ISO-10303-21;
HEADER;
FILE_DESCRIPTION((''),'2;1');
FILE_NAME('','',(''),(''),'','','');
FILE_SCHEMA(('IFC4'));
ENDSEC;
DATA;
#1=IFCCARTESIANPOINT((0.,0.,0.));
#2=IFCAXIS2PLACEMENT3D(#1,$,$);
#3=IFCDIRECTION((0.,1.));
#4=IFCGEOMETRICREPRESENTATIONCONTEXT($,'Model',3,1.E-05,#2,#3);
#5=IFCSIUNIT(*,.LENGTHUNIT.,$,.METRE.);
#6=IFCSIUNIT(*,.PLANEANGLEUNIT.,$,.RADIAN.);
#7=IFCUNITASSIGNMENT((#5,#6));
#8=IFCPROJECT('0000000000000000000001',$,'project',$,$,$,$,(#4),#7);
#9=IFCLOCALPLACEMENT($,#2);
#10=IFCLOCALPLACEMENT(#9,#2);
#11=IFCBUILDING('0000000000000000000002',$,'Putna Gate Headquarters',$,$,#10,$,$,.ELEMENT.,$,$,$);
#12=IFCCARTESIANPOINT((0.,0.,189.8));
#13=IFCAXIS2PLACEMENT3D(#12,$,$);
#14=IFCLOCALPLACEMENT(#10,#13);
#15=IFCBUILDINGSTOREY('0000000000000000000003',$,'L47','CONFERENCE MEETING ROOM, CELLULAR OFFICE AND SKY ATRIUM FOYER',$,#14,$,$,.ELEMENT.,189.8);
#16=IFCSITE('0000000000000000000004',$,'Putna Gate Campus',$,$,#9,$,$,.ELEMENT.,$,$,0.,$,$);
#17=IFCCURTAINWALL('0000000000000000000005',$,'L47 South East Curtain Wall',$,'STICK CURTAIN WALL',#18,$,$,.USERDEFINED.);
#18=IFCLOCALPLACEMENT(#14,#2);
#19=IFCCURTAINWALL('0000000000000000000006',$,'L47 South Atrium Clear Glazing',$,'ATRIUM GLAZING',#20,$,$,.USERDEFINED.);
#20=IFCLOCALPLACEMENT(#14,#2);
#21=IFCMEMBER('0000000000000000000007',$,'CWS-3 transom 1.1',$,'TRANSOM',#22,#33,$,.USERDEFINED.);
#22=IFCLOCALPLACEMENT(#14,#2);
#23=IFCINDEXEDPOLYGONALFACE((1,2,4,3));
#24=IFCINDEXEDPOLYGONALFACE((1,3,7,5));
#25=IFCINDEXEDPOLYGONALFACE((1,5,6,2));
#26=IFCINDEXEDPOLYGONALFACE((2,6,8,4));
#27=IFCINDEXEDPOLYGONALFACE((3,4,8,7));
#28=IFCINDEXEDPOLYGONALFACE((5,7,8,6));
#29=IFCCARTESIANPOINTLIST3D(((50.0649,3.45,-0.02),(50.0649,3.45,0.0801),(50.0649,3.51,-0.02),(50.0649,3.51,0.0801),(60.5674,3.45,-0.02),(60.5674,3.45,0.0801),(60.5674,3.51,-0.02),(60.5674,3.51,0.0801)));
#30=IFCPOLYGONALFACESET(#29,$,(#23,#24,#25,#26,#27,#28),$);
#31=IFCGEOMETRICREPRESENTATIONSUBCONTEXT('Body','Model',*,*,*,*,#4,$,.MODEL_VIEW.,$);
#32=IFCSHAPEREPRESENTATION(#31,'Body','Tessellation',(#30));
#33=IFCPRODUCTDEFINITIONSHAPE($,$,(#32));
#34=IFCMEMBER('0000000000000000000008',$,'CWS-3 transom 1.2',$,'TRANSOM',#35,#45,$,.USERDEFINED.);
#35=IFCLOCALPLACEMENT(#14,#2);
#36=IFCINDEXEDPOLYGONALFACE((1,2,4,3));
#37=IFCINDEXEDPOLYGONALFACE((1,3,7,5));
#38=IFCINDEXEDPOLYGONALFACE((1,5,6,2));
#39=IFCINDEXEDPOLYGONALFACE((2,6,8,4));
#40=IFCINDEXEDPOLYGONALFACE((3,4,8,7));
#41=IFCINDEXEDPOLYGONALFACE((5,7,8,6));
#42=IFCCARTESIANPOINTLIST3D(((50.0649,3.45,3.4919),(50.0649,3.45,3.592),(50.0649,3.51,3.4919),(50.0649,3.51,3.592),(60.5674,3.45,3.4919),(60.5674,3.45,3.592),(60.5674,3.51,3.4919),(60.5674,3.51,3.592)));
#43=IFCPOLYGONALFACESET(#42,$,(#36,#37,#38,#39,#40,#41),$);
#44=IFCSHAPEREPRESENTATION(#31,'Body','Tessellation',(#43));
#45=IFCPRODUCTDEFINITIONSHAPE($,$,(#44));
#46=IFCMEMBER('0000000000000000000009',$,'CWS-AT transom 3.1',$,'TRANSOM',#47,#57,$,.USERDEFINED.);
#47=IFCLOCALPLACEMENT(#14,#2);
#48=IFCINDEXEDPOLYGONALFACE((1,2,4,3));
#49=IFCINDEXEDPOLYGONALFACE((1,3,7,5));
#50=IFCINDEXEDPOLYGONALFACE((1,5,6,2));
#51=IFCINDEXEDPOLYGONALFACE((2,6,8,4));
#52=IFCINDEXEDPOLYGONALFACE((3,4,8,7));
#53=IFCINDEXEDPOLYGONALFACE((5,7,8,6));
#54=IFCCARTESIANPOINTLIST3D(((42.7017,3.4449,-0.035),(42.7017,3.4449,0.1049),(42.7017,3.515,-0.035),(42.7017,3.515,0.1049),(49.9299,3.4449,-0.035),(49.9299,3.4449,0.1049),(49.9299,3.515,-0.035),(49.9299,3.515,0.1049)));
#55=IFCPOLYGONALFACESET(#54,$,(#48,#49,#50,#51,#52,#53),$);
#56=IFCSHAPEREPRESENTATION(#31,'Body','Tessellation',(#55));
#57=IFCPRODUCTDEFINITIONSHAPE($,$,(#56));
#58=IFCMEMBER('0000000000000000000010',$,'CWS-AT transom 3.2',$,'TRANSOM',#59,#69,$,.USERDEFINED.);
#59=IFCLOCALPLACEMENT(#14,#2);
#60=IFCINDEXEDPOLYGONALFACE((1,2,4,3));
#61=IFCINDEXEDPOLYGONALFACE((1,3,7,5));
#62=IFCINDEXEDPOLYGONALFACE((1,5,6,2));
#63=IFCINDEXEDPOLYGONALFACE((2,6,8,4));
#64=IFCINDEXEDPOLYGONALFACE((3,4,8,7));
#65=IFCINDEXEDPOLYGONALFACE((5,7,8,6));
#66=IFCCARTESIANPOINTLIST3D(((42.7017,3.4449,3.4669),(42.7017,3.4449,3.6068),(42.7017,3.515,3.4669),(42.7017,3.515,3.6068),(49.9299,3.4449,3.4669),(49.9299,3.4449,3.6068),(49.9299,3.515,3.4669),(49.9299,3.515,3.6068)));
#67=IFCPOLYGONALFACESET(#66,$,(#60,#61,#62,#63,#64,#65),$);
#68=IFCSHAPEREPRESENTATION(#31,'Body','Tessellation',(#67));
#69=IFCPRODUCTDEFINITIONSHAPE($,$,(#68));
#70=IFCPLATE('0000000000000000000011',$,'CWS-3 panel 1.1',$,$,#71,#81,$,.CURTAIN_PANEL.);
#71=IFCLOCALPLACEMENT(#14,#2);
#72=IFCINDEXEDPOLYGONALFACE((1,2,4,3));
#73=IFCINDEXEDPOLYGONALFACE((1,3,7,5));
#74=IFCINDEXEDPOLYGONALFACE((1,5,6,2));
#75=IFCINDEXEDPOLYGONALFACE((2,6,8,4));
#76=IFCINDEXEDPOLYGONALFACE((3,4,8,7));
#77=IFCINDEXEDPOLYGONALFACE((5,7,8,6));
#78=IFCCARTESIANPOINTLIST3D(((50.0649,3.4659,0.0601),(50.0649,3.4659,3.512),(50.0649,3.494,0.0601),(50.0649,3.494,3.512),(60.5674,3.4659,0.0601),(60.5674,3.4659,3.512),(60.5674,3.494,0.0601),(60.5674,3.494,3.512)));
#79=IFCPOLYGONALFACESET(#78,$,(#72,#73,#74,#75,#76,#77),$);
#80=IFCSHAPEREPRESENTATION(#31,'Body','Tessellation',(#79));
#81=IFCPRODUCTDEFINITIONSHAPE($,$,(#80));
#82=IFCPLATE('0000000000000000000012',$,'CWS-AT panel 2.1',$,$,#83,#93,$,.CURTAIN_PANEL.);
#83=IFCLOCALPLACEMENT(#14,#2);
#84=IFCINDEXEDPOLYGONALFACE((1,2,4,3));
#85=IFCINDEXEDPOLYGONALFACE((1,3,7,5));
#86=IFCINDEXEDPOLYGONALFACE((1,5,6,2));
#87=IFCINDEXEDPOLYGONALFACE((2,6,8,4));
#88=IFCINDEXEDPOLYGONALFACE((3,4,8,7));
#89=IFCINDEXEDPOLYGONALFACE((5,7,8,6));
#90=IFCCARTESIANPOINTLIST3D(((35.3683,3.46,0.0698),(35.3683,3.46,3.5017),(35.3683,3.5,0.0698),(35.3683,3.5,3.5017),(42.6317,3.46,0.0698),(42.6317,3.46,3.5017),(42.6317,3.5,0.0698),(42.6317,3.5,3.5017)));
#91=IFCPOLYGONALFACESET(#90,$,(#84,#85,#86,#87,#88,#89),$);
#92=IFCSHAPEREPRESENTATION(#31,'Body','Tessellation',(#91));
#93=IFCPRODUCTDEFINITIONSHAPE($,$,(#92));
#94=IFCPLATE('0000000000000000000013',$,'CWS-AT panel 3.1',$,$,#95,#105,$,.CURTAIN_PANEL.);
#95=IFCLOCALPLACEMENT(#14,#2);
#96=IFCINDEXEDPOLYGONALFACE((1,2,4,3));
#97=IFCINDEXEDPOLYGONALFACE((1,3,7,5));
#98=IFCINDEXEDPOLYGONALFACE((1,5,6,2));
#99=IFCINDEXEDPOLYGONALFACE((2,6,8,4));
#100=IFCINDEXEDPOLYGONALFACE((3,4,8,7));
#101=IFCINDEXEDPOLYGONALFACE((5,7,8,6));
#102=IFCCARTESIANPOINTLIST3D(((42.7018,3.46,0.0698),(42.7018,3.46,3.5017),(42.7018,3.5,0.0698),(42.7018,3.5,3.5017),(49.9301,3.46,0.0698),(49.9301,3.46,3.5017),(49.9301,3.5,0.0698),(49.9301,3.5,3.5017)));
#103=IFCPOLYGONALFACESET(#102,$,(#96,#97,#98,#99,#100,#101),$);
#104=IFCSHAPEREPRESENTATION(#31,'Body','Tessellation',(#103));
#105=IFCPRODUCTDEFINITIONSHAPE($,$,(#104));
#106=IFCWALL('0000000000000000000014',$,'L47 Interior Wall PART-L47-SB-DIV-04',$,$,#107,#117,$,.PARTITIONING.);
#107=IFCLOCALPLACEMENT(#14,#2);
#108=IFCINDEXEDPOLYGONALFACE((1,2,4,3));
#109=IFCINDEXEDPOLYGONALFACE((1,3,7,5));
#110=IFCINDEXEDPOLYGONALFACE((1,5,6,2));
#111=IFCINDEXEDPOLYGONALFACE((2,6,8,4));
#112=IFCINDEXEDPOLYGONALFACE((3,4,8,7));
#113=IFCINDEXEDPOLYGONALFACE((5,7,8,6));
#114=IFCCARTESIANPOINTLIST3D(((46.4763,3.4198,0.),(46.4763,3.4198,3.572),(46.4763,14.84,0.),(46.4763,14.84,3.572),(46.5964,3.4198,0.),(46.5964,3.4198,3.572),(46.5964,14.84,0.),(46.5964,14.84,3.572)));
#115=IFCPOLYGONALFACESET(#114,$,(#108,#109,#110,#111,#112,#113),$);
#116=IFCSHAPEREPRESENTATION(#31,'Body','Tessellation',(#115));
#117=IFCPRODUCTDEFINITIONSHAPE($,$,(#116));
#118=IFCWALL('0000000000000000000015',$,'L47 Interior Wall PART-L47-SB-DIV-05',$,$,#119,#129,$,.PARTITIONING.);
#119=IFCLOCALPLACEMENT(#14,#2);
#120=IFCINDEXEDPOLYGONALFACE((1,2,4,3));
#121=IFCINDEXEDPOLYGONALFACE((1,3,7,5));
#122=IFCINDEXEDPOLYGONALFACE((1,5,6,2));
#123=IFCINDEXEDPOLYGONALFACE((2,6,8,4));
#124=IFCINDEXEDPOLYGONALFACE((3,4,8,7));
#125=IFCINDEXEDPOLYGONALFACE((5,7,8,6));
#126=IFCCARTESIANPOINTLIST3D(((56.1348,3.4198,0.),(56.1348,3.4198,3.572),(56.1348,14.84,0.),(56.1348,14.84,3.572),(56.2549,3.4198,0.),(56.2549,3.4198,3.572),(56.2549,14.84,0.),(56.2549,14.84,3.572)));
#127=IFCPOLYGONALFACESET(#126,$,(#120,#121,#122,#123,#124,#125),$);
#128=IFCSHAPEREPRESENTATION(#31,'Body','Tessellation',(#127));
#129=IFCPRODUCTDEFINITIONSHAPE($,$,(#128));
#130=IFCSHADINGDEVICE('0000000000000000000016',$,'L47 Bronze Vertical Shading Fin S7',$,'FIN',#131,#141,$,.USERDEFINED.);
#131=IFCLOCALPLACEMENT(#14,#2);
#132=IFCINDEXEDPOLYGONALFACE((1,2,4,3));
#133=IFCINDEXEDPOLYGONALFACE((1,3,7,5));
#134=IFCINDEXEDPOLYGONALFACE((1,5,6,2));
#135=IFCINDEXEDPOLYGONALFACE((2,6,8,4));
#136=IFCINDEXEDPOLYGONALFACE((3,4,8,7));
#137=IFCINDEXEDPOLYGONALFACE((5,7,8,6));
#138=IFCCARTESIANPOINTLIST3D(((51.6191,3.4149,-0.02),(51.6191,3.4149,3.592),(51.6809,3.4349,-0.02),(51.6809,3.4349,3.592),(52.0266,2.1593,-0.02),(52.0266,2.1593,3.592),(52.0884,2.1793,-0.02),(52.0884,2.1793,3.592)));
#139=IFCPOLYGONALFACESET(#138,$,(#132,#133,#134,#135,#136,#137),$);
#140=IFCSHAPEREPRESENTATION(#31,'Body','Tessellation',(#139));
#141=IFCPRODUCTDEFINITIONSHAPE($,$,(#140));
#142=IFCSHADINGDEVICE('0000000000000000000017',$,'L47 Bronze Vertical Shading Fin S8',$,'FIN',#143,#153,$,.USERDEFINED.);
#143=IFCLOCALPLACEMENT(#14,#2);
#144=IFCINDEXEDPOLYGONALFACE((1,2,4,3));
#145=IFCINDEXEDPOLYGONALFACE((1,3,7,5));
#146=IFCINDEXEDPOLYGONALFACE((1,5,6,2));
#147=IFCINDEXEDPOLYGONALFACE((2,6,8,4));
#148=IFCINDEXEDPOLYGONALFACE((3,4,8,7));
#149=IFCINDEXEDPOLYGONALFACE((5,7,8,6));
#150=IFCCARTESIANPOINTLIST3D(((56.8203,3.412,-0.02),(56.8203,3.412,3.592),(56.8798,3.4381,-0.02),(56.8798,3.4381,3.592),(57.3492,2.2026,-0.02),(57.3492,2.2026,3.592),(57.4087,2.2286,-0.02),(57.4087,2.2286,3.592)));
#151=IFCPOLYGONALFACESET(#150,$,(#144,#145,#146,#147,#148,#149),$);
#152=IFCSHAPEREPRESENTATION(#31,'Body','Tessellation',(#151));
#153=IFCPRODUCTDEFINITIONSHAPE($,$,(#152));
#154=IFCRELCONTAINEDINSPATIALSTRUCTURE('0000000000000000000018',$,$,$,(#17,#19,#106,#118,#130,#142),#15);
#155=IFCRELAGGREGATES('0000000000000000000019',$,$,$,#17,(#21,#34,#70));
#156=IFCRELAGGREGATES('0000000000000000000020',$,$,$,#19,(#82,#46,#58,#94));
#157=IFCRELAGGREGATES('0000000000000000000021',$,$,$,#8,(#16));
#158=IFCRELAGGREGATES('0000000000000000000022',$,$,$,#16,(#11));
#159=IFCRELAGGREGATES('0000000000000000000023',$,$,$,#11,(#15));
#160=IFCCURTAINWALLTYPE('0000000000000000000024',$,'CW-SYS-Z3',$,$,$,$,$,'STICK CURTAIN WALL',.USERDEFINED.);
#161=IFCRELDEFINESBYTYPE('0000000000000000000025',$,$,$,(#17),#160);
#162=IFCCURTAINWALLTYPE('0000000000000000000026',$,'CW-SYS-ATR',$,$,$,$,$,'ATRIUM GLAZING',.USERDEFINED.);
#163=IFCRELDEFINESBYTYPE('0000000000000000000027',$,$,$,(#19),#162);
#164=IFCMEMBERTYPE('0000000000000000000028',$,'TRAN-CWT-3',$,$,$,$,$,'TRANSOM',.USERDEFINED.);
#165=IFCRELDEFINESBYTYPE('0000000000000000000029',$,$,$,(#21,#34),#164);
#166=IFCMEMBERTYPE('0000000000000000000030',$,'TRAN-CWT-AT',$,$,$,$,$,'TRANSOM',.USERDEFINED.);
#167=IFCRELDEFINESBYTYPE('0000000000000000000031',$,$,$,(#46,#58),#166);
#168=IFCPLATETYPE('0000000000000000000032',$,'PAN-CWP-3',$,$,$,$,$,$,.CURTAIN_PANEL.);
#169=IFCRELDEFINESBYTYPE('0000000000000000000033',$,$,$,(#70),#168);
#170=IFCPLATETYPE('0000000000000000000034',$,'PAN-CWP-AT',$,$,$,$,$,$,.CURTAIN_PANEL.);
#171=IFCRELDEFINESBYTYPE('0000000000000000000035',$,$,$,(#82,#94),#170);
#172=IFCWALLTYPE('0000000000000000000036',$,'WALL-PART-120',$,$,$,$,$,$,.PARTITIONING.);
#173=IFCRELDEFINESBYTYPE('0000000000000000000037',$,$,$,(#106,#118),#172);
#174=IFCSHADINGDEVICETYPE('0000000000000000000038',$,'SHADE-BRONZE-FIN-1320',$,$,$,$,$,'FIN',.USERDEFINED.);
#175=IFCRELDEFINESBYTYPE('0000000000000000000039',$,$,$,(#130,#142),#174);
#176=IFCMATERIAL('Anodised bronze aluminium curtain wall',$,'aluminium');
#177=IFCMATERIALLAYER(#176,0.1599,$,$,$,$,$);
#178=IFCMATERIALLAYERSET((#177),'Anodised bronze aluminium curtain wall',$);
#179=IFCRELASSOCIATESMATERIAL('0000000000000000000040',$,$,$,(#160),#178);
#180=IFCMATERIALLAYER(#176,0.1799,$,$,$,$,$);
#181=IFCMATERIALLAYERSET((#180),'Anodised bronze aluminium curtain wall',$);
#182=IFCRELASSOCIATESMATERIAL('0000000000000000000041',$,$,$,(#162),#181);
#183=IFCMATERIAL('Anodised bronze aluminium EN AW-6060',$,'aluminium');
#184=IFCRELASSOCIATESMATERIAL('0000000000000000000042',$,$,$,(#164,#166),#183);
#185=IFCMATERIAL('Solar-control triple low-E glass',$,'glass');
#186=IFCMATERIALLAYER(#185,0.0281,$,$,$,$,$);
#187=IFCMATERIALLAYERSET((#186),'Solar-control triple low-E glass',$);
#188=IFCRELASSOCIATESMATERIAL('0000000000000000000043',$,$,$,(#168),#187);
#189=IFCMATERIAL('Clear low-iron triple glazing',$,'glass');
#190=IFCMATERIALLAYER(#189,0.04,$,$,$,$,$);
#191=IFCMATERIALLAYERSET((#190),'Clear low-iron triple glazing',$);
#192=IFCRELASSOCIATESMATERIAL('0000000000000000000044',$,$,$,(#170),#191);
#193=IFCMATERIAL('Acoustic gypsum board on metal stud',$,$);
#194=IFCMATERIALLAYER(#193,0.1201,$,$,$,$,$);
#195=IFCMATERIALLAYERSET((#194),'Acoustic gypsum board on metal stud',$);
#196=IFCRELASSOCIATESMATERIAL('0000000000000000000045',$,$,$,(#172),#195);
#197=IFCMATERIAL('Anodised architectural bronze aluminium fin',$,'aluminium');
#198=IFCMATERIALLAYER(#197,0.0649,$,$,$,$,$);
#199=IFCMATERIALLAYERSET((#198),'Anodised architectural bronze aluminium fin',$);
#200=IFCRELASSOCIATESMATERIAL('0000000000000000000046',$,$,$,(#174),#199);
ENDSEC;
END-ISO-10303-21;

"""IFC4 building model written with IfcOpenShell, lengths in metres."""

from ifc_helpers import new_model, si_unit, direction, frame, frame_2d, origin, origin_2d, place, context, subcontext, project, spatial, rectangle, extrude, material, layer, layer_set, material_profile, profile_set, type_object, element, aggregate, save


model = new_model("IFC4")

# Units and contexts
model_context = context("Model", 3, precision=1e-05, world=origin(), true_north=direction((0.0, 1.0)))
body_context = subcontext(model_context, "Body", "Model", "MODEL_VIEW")
ifc_project = project(units=[si_unit("LENGTHUNIT", "METRE"), si_unit("PLANEANGLEUNIT", "RADIAN")], contexts=[model_context])

# Site, building, storey
site_placement = place(None, origin())
site = spatial("IfcSite", under=ifc_project, at=site_placement, Name="Putna Gate Campus", CompositionType="ELEMENT", RefElevation=0.0)
building_placement = place(site_placement, origin())
building = spatial("IfcBuilding", under=site, at=building_placement, Name="Putna Gate Headquarters", CompositionType="ELEMENT")
storey_placement = place(building_placement, frame((0.0, 0.0, 189.8)))
storey = spatial("IfcBuildingStorey", under=building, at=storey_placement, Name="L47", Description="CONFERENCE MEETING ROOM, CELLULAR OFFICE AND SKY ATRIUM FOYER", CompositionType="ELEMENT", Elevation=189.8)

# Curtain wall
ifc_material_1 = material(Name="Anodised bronze aluminium curtain wall", Category="aluminium")
ifc_layer_1 = layer(ifc_material_1, 0.1599)
ifc_layer_set_1 = layer_set([ifc_layer_1], Name="Anodised bronze aluminium curtain wall")
curtain_wall_type_1 = type_object("IfcCurtainWallType", Name="CW-SYS-Z3", ElementType="STICK CURTAIN WALL", PredefinedType="USERDEFINED", material=ifc_layer_set_1)
curtain_wall_1_placement = place(storey_placement, origin())
curtain_wall_1 = element("IfcCurtainWall", 1, at=curtain_wall_1_placement, inside=storey, type_object=curtain_wall_type_1, Name="L47 South East Curtain Wall", ObjectType="STICK CURTAIN WALL", PredefinedType="USERDEFINED")
ifc_material_2 = material(Name="Anodised bronze aluminium EN AW-6060", Category="aluminium")

# Curtain wall
ifc_layer_2 = layer(ifc_material_1, 0.1799)
ifc_layer_set_2 = layer_set([ifc_layer_2], Name="Anodised bronze aluminium curtain wall")
curtain_wall_type_2 = type_object("IfcCurtainWallType", Name="CW-SYS-ATR", ElementType="ATRIUM GLAZING", PredefinedType="USERDEFINED", material=ifc_layer_set_2)
curtain_wall_2_placement = place(storey_placement, origin())
curtain_wall_2 = element("IfcCurtainWall", 2, at=curtain_wall_2_placement, inside=storey, type_object=curtain_wall_type_2, Name="L47 South Atrium Clear Glazing", ObjectType="ATRIUM GLAZING", PredefinedType="USERDEFINED")

# Members
ifc_material_profile_1 = material_profile(ifc_material_2, rectangle(XDim=0.0601, YDim=0.1001, at=origin_2d()), Name="Anodised bronze aluminium EN AW-6060")
ifc_profile_set_1 = profile_set([ifc_material_profile_1], Name="Anodised bronze aluminium EN AW-6060")
member_type_1 = type_object("IfcMemberType", Name="TRAN-CWT-3", ElementType="TRANSOM", PredefinedType="USERDEFINED", material=ifc_profile_set_1)
member_1_placement = place(storey_placement, frame((50.0649, 3.48, 0.03), z_axis=(1.0, 0.0, 0.0), x_axis=(0.0, 1.0, 0.0)))
member_1 = element("IfcMember", 3, at=member_1_placement, type_object=member_type_1, Name="CWS-3 transom 1.1", ObjectType="TRANSOM", PredefinedType="USERDEFINED", context=body_context, shape_type="SweptSolid", body=[
    extrude(rectangle(XDim=0.0601, YDim=0.1001, at=origin_2d()), origin(), (0.0, 0.0, 1.0), 10.5024),
])
member_2_placement = place(storey_placement, frame((50.0649, 3.48, 3.542), z_axis=(1.0, 0.0, 0.0), x_axis=(0.0, 1.0, 0.0)))
member_2 = element("IfcMember", 4, at=member_2_placement, type_object=member_type_1, Name="CWS-3 transom 1.2", ObjectType="TRANSOM", PredefinedType="USERDEFINED", context=body_context, shape_type="SweptSolid", body=[
    extrude(rectangle(XDim=0.0601, YDim=0.1001, at=origin_2d()), origin(), (0.0, 0.0, 1.0), 10.5024),
])
ifc_material_profile_2 = material_profile(ifc_material_2, rectangle(XDim=0.0701, YDim=0.1399, at=origin_2d()), Name="Anodised bronze aluminium EN AW-6060")
ifc_profile_set_2 = profile_set([ifc_material_profile_2], Name="Anodised bronze aluminium EN AW-6060")
member_type_2 = type_object("IfcMemberType", Name="TRAN-CWT-AT", ElementType="TRANSOM", PredefinedType="USERDEFINED", material=ifc_profile_set_2)
member_3_placement = place(storey_placement, frame((42.7017, 3.48, 0.0349), z_axis=(1.0, 0.0, 0.0), x_axis=(0.0, 1.0, 0.0)))
member_3 = element("IfcMember", 5, at=member_3_placement, type_object=member_type_2, Name="CWS-AT transom 3.1", ObjectType="TRANSOM", PredefinedType="USERDEFINED", context=body_context, shape_type="SweptSolid", body=[
    extrude(rectangle(XDim=0.0701, YDim=0.1399, at=origin_2d()), origin(), (0.0, 0.0, 1.0), 7.2283),
])
member_4_placement = place(storey_placement, frame((42.7017, 3.48, 3.5369), z_axis=(1.0, 0.0, 0.0), x_axis=(0.0, 1.0, 0.0)))
member_4 = element("IfcMember", 6, at=member_4_placement, type_object=member_type_2, Name="CWS-AT transom 3.2", ObjectType="TRANSOM", PredefinedType="USERDEFINED", context=body_context, shape_type="SweptSolid", body=[
    extrude(rectangle(XDim=0.0701, YDim=0.1399, at=origin_2d()), origin(), (0.0, 0.0, 1.0), 7.2283),
])

# Plates
ifc_material_3 = material(Name="Solar-control triple low-E glass", Category="glass")
ifc_layer_3 = layer(ifc_material_3, 0.0281)
ifc_layer_set_3 = layer_set([ifc_layer_3], Name="Solar-control triple low-E glass")
plate_type_1 = type_object("IfcPlateType", Name="PAN-CWP-3", PredefinedType="CURTAIN_PANEL", material=ifc_layer_set_3)
plate_1_placement = place(storey_placement, frame((55.3162, 3.48, 0.0601), z_axis=(0.0, 0.0, 1.0), x_axis=(1.0, 0.0, 0.0)))
plate_1 = element("IfcPlate", 7, at=plate_1_placement, type_object=plate_type_1, Name="CWS-3 panel 1.1", PredefinedType="CURTAIN_PANEL", context=body_context, shape_type="SweptSolid", body=[
    extrude(rectangle(XDim=10.5024, YDim=0.0281, at=origin_2d()), origin(), (0.0, 0.0, 1.0), 3.4519),
])
aggregate(curtain_wall_1, [member_1, member_2, plate_1])
ifc_material_4 = material(Name="Clear low-iron triple glazing", Category="glass")
ifc_layer_4 = layer(ifc_material_4, 0.04)
ifc_layer_set_4 = layer_set([ifc_layer_4], Name="Clear low-iron triple glazing")
plate_type_2 = type_object("IfcPlateType", Name="PAN-CWP-AT", PredefinedType="CURTAIN_PANEL", material=ifc_layer_set_4)
plate_2_placement = place(storey_placement, frame((39.0, 3.48, 0.0698), z_axis=(0.0, 0.0, 1.0), x_axis=(1.0, 0.0, 0.0)))
plate_2 = element("IfcPlate", 8, at=plate_2_placement, type_object=plate_type_2, Name="CWS-AT panel 2.1", PredefinedType="CURTAIN_PANEL", context=body_context, shape_type="SweptSolid", body=[
    extrude(rectangle(XDim=7.2634, YDim=0.04, at=origin_2d()), origin(), (0.0, 0.0, 1.0), 3.4319),
])
plate_3_placement = place(storey_placement, frame((46.3159, 3.48, 0.0698), z_axis=(0.0, 0.0, 1.0), x_axis=(1.0, 0.0, 0.0)))
plate_3 = element("IfcPlate", 9, at=plate_3_placement, type_object=plate_type_2, Name="CWS-AT panel 3.1", PredefinedType="CURTAIN_PANEL", context=body_context, shape_type="SweptSolid", body=[
    extrude(rectangle(XDim=7.2283, YDim=0.04, at=origin_2d()), origin(), (0.0, 0.0, 1.0), 3.4319),
])
aggregate(curtain_wall_2, [plate_2, member_3, member_4, plate_3])

# Walls
ifc_material_5 = material(Name="Acoustic gypsum board on metal stud")
ifc_layer_5 = layer(ifc_material_5, 0.1201)
ifc_layer_set_5 = layer_set([ifc_layer_5], Name="Acoustic gypsum board on metal stud")
wall_type = type_object("IfcWallType", Name="WALL-PART-120", PredefinedType="PARTITIONING", material=ifc_layer_set_5)
for number, where, z_axis, x_axis, name in (
    (10, (46.5364, 3.4199, 0.0), (0.0, 0.0, 1.0), (0.0, 1.0, 0.0), "L47 Interior Wall PART-L47-SB-DIV-04"),
    (11, (56.1948, 3.4199, 0.0), (0.0, 0.0, 1.0), (0.0, 1.0, 0.0), "L47 Interior Wall PART-L47-SB-DIV-05"),
):
    element("IfcWall", number, at=place(storey_placement, frame(where, z_axis=z_axis, x_axis=x_axis)), inside=storey, type_object=wall_type, Name=name, PredefinedType="PARTITIONING", context=body_context, shape_type="SweptSolid", body=[
        extrude(rectangle(XDim=11.4202, YDim=0.1201, at=frame_2d((5.71, 0.0))), origin(), (0.0, 0.0, 1.0), 3.572),
    ])

# Shading devices
ifc_material_6 = material(Name="Anodised architectural bronze aluminium fin", Category="aluminium")
ifc_layer_6 = layer(ifc_material_6, 0.0649)
ifc_layer_set_6 = layer_set([ifc_layer_6], Name="Anodised architectural bronze aluminium fin")
shading_device_type = type_object("IfcShadingDeviceType", Name="SHADE-BRONZE-FIN-1320", ElementType="FIN", PredefinedType="USERDEFINED", material=ifc_layer_set_6)
for number, where, z_axis, x_axis, name in (
    (12, (51.8538, 2.7971, -0.02), (0.0, 0.0, 1.0), (0.308685, -0.951164, 0.0), "L47 Bronze Vertical Shading Fin S7"),
    (13, (57.1145, 2.8203, -0.02), (0.0, 0.0, 1.0), (0.400669, -0.916223, 0.0), "L47 Bronze Vertical Shading Fin S8"),
):
    element("IfcShadingDevice", number, at=place(storey_placement, frame(where, z_axis=z_axis, x_axis=x_axis)), inside=storey, type_object=shading_device_type, Name=name, ObjectType="FIN", PredefinedType="USERDEFINED", context=body_context, shape_type="SweptSolid", body=[
        extrude(rectangle(XDim=1.3201, YDim=0.0649, at=origin_2d()), origin(), (0.0, 0.0, 1.0), 3.6121),
    ])

save(model, "model.ifc")
